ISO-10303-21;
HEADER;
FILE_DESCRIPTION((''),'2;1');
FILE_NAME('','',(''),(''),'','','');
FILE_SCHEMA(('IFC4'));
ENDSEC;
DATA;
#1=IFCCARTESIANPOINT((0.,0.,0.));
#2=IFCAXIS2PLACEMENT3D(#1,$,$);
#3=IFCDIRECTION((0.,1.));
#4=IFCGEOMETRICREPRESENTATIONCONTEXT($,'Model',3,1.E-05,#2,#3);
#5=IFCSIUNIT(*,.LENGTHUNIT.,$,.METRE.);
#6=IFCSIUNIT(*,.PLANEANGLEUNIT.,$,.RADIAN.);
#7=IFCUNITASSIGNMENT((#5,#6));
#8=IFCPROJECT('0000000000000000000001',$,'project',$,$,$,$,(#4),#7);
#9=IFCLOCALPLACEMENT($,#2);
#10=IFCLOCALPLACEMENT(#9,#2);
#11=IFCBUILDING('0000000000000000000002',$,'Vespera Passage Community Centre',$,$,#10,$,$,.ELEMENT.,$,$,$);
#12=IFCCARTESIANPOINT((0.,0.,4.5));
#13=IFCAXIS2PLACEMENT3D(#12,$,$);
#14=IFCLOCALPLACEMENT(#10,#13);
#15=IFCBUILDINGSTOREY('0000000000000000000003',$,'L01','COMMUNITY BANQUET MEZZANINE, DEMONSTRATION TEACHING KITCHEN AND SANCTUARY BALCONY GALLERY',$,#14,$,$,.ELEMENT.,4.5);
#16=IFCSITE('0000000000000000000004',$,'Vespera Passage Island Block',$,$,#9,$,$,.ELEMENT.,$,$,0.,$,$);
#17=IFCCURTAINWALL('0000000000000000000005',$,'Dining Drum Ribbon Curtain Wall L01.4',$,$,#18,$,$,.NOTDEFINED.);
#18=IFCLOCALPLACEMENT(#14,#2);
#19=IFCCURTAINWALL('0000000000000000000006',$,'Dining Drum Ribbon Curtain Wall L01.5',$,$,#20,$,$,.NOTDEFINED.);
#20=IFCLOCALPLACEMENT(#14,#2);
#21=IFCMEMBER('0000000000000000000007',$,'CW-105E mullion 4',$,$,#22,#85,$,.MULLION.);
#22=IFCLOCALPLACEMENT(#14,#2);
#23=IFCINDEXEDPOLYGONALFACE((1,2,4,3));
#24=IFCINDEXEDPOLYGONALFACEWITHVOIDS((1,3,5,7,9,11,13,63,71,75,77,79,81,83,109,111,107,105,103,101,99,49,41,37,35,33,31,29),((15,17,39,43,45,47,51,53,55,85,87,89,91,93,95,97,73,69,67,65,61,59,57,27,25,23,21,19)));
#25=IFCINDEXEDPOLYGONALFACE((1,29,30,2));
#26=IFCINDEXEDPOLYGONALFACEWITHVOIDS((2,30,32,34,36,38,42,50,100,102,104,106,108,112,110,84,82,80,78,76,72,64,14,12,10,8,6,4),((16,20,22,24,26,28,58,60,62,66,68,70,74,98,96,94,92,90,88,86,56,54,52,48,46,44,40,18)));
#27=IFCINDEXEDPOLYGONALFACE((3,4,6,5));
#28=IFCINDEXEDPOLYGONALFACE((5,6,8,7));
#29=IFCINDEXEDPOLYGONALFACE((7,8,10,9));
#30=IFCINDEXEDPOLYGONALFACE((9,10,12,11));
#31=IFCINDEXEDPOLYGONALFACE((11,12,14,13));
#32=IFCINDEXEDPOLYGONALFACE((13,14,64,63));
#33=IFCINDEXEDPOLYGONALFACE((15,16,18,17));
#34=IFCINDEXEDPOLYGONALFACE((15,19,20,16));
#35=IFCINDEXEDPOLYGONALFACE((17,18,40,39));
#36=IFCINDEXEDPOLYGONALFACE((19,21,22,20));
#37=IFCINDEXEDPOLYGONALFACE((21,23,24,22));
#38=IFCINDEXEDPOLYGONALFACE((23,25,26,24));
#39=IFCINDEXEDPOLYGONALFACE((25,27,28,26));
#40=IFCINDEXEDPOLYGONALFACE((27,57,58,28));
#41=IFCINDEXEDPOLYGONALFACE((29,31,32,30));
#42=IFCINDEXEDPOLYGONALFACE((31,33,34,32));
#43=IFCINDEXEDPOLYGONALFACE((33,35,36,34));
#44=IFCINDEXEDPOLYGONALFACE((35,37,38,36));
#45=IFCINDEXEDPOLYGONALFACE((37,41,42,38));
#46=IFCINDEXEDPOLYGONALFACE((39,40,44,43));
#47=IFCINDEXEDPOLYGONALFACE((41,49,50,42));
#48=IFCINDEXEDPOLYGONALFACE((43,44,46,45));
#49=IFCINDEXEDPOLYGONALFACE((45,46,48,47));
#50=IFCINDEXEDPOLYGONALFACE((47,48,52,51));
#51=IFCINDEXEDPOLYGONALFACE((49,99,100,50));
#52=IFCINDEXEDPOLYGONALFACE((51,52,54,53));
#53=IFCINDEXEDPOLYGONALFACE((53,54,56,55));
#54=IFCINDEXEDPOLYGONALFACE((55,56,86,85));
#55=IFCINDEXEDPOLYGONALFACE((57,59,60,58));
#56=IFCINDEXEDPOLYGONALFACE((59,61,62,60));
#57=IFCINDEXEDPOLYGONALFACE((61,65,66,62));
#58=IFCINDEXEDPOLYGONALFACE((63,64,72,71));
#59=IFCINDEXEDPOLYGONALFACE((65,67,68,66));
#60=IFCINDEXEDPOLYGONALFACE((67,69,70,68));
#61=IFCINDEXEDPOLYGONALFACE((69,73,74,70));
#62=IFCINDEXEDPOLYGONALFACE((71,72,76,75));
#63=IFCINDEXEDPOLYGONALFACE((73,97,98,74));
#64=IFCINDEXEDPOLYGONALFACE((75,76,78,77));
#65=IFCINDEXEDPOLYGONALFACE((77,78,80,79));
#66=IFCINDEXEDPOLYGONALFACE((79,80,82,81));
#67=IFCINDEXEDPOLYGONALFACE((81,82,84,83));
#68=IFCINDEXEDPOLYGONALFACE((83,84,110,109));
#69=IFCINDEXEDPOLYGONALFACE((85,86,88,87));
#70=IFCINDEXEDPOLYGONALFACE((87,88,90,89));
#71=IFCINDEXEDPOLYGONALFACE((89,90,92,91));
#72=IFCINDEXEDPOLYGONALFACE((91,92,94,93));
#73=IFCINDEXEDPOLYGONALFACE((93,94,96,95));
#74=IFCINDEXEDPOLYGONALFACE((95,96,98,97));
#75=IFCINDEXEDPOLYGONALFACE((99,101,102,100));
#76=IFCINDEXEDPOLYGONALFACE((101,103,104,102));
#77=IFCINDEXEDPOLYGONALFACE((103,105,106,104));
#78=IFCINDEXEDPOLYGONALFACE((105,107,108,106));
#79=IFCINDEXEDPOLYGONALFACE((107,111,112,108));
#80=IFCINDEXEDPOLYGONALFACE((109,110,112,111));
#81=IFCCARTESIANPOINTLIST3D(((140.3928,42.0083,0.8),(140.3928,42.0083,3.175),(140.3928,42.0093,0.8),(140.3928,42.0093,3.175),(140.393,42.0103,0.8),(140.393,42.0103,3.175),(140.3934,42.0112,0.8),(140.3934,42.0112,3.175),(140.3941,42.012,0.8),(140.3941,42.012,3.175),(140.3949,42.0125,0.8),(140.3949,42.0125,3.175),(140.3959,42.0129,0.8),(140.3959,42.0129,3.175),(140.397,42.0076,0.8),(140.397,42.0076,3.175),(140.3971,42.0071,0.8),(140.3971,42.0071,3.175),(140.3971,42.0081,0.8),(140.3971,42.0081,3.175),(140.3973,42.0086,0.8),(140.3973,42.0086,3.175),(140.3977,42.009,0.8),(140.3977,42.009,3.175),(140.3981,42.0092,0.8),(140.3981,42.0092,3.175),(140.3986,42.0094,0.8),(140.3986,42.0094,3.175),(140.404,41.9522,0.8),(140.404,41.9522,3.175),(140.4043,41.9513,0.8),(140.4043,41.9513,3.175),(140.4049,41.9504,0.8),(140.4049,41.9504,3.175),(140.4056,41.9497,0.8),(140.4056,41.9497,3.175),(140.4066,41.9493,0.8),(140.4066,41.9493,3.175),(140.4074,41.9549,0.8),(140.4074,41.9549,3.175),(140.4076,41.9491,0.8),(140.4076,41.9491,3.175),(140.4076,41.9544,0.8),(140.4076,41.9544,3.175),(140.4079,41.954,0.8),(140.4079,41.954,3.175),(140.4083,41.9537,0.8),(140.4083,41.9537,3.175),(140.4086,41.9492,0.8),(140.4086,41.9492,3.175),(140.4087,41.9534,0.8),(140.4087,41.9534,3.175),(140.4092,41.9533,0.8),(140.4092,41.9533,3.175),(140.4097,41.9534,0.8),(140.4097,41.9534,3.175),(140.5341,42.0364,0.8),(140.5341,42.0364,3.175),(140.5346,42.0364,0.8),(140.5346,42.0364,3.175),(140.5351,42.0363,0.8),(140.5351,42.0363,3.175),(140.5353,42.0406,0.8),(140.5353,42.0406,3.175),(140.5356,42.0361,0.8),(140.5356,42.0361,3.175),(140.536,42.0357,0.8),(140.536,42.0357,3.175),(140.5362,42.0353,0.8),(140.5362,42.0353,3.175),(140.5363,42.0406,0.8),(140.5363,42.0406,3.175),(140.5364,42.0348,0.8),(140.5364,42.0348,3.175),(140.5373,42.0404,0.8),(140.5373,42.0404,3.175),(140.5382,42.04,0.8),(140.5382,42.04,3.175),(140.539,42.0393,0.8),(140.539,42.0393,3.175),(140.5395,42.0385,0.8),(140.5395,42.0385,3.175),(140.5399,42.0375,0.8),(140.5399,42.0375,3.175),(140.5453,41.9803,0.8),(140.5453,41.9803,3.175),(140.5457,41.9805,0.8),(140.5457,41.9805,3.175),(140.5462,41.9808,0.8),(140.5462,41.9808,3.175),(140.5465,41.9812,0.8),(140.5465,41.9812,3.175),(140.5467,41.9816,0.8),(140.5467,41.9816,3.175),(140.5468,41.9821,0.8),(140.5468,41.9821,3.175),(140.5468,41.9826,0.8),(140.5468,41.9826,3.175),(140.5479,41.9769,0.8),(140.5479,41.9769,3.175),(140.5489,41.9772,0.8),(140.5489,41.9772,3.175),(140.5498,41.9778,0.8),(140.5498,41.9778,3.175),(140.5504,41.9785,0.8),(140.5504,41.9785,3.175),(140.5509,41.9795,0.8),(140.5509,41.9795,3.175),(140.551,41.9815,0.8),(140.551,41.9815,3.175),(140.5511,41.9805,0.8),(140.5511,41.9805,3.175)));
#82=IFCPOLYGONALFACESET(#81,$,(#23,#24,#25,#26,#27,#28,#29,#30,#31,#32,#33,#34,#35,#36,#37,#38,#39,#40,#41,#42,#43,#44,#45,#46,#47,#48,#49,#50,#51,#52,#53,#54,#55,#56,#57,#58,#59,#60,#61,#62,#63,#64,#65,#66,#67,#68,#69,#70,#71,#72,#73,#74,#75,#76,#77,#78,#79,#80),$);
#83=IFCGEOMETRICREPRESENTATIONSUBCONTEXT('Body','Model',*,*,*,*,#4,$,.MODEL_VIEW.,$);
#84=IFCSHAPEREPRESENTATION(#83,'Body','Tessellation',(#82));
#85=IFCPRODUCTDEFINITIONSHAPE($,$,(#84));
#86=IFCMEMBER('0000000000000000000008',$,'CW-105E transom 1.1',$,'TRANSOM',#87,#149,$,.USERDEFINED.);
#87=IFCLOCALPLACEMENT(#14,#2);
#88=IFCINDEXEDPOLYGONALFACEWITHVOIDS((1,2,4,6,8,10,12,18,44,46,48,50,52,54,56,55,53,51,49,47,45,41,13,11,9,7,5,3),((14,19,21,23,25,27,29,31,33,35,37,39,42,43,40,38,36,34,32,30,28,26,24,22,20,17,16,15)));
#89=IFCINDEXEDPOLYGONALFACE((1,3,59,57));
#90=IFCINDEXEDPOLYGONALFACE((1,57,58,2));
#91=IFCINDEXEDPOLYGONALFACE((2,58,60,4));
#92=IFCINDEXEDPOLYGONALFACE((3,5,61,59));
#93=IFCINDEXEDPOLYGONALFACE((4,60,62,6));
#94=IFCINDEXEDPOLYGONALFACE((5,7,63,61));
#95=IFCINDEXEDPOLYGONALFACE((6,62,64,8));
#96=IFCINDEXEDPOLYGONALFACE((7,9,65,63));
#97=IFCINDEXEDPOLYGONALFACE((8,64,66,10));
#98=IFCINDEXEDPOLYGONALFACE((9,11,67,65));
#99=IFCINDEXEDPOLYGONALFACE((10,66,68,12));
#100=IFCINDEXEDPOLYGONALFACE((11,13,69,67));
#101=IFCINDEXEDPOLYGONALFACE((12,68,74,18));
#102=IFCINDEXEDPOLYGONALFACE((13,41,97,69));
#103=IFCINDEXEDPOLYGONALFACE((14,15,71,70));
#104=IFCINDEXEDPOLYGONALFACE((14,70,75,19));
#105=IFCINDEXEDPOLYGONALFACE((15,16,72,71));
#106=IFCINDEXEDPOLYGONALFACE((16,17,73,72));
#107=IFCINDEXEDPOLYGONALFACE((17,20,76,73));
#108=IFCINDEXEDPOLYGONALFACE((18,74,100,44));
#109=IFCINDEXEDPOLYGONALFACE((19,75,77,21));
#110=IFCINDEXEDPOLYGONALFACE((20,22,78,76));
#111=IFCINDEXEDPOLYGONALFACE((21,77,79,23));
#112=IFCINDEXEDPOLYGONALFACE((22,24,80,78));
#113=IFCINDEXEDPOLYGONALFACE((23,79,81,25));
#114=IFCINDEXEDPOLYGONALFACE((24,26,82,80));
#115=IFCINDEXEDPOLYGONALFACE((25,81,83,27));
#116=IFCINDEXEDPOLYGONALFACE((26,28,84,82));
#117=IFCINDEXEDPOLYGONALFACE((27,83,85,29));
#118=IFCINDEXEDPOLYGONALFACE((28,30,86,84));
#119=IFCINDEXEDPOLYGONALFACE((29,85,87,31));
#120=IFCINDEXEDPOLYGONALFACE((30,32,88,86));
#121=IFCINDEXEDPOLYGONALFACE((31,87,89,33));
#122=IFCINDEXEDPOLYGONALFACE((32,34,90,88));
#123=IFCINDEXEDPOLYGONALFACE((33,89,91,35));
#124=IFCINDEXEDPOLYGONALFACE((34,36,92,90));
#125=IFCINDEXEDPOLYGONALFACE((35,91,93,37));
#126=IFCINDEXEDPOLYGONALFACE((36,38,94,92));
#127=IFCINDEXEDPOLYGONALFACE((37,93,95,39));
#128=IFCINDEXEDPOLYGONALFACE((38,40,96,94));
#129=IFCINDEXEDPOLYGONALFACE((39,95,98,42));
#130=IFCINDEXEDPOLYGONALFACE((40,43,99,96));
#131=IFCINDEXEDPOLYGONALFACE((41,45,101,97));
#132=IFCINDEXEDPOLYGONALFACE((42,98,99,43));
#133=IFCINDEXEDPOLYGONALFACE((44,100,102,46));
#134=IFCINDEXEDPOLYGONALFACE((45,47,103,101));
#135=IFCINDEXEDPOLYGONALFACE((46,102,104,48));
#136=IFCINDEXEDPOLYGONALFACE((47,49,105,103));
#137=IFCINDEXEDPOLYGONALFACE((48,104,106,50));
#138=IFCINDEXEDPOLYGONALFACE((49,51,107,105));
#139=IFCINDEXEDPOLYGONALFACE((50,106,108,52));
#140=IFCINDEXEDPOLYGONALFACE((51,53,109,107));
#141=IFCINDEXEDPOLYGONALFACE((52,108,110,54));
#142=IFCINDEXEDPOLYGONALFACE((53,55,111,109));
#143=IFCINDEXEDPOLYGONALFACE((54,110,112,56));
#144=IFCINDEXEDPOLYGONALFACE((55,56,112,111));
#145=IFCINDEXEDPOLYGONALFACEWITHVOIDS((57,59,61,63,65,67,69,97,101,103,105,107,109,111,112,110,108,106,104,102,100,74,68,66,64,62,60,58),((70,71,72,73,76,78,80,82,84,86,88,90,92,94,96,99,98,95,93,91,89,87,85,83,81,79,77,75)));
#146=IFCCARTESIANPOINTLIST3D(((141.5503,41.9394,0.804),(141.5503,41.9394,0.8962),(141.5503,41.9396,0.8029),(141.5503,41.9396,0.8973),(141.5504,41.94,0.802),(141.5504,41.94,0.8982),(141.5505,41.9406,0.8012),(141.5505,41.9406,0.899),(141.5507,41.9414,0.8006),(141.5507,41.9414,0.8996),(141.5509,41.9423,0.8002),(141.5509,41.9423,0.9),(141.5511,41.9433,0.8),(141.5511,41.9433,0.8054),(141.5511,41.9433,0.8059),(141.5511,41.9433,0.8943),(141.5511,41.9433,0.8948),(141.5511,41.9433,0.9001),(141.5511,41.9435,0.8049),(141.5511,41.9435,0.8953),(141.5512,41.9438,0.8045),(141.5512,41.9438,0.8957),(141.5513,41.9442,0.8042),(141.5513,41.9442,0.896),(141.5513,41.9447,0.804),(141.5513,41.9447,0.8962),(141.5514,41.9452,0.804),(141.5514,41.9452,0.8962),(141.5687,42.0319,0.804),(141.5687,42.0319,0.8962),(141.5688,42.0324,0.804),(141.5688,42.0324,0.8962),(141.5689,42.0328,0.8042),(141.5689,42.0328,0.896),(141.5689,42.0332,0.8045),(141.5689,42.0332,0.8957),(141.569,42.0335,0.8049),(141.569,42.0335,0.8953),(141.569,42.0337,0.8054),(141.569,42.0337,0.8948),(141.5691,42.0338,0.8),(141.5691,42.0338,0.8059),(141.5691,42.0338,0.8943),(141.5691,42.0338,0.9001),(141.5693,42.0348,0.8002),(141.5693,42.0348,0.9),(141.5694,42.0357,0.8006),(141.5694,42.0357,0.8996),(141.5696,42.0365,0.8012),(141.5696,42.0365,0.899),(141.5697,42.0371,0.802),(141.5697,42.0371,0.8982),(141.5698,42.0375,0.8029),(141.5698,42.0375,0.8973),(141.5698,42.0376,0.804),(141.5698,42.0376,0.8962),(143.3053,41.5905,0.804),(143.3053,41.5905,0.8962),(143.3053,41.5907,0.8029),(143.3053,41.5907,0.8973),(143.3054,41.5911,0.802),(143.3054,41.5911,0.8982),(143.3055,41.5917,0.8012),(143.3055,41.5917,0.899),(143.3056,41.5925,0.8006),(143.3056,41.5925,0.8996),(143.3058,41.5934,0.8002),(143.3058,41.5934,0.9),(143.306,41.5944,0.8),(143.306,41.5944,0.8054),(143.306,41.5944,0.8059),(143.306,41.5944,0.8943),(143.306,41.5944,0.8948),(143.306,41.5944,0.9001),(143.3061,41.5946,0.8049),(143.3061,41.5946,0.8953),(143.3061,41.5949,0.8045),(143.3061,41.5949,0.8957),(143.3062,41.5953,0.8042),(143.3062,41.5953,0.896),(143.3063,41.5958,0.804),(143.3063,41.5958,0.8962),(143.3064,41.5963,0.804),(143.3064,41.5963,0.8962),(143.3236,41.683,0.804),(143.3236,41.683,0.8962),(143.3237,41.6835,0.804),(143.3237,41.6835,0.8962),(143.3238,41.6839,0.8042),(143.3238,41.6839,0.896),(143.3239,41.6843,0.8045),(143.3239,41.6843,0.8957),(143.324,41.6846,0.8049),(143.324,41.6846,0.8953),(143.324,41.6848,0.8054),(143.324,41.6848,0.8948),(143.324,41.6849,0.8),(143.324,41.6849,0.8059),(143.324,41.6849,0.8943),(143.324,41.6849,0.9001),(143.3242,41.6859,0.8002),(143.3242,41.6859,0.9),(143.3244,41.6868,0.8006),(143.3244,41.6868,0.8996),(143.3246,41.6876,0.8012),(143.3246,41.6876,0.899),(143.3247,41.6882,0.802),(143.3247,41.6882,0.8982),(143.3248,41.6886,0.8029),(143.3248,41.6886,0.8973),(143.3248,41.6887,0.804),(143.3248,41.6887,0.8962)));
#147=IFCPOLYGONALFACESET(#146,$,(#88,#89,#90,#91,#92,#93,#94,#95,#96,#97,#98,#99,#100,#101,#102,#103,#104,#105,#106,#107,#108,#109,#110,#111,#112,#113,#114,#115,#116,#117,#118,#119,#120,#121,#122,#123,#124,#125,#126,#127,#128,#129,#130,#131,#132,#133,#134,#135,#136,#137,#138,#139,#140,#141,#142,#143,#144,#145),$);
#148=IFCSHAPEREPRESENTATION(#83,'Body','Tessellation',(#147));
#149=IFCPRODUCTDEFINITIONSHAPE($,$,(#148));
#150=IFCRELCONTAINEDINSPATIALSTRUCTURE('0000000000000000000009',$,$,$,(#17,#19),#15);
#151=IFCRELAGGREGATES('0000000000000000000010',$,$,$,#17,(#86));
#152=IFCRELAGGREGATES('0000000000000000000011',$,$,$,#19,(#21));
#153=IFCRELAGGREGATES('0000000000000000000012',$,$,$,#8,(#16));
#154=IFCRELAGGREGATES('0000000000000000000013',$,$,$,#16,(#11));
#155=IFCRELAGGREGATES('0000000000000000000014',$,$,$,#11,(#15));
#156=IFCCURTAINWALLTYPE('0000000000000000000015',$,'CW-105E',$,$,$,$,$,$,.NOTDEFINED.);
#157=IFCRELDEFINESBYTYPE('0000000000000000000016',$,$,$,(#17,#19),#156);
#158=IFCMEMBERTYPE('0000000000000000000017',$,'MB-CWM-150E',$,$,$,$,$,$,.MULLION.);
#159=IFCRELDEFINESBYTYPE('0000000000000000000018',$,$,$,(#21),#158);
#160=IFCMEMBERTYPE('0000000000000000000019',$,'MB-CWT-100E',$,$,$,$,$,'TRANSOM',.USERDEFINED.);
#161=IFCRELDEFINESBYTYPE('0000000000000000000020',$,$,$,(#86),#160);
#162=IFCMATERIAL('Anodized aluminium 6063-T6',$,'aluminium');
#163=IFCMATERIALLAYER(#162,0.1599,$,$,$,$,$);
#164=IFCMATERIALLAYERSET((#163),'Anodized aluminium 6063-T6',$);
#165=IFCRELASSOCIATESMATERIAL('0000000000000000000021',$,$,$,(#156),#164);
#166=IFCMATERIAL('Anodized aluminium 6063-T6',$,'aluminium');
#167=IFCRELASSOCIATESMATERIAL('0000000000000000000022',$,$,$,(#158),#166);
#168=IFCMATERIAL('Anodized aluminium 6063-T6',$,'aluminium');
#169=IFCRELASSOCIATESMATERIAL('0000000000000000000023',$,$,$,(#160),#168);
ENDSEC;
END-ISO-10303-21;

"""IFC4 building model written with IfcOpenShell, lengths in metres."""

from ifc_helpers import new_model, si_unit, direction, frame, origin, origin_2d, place, context, subcontext, project, spatial, hollow_rectangle, extrude, material, layer, layer_set, material_profile, profile_set, type_object, element, aggregate, save


model = new_model("IFC4")

# Units and contexts
model_context = context("Model", 3, precision=1e-05, world=origin(), true_north=direction((0.0, 1.0)))
body_context = subcontext(model_context, "Body", "Model", "MODEL_VIEW")
ifc_project = project(units=[si_unit("LENGTHUNIT", "METRE"), si_unit("PLANEANGLEUNIT", "RADIAN")], contexts=[model_context])

# Site, building, storey
site_placement = place(None, origin())
site = spatial("IfcSite", under=ifc_project, at=site_placement, Name="Vespera Passage Island Block", CompositionType="ELEMENT", RefElevation=0.0)
building_placement = place(site_placement, origin())
building = spatial("IfcBuilding", under=site, at=building_placement, Name="Vespera Passage Community Centre", CompositionType="ELEMENT")
storey_placement = place(building_placement, frame((0.0, 0.0, 4.5)))
storey = spatial("IfcBuildingStorey", under=building, at=storey_placement, Name="L01", Description="COMMUNITY BANQUET MEZZANINE, DEMONSTRATION TEACHING KITCHEN AND SANCTUARY BALCONY GALLERY", CompositionType="ELEMENT", Elevation=4.5)

# Curtain walls, member
ifc_material_1 = material(Name="Anodized aluminium 6063-T6", Category="aluminium")
ifc_layer_1 = layer(ifc_material_1, 0.1599)
ifc_layer_set_1 = layer_set([ifc_layer_1], Name="Anodized aluminium 6063-T6")
curtain_wall_type = type_object("IfcCurtainWallType", Name="CW-105E", PredefinedType="NOTDEFINED", material=ifc_layer_set_1)
curtain_wall_1_placement = place(storey_placement, origin())
curtain_wall_1 = element("IfcCurtainWall", 1, at=curtain_wall_1_placement, inside=storey, type_object=curtain_wall_type, Name="Dining Drum Ribbon Curtain Wall L01.4", PredefinedType="NOTDEFINED")
ifc_material_2 = material(Name="Anodized aluminium 6063-T6", Category="aluminium")
ifc_material_profile_1 = material_profile(ifc_material_2, hollow_rectangle(XDim=0.0649, YDim=0.1499, WallThickness=0.0039, InnerFilletRadius=0.002, OuterFilletRadius=0.0039, at=origin_2d()), Name="ALU150X65X4")
ifc_profile_set_1 = profile_set([ifc_material_profile_1], Name="Anodized aluminium 6063-T6")
member_type_1 = type_object("IfcMemberType", Name="MB-CWM-150E", PredefinedType="MULLION", material=ifc_profile_set_1)
curtain_wall_2_placement = place(storey_placement, origin())
curtain_wall_2 = element("IfcCurtainWall", 2, at=curtain_wall_2_placement, inside=storey, type_object=curtain_wall_type, Name="Dining Drum Ribbon Curtain Wall L01.5", PredefinedType="NOTDEFINED")
member_1_placement = place(storey_placement, frame((140.4719, 41.9949, 0.8), z_axis=(0.0, 0.0, 1.0), x_axis=(-0.195097, 0.980784, 0.0)))
member_1 = element("IfcMember", 3, at=member_1_placement, type_object=member_type_1, Name="CW-105E mullion 4", PredefinedType="MULLION", context=body_context, shape_type="SweptSolid", body=[
    extrude(hollow_rectangle(XDim=0.0649, YDim=0.1499, WallThickness=0.0039, InnerFilletRadius=0.002, OuterFilletRadius=0.0039, at=origin_2d()), origin(), (0.0, 0.0, 1.0), 2.375),
])

# Member
ifc_material_3 = material(Name="Anodized aluminium 6063-T6", Category="aluminium")
ifc_material_profile_2 = material_profile(ifc_material_3, hollow_rectangle(XDim=0.1001, YDim=0.1001, WallThickness=0.0039, InnerFilletRadius=0.002, OuterFilletRadius=0.0039, at=origin_2d()), Name="ALU100X100X4")
ifc_profile_set_2 = profile_set([ifc_material_profile_2], Name="Anodized aluminium 6063-T6")
member_type_2 = type_object("IfcMemberType", Name="MB-CWT-100E", ElementType="TRANSOM", PredefinedType="USERDEFINED", material=ifc_profile_set_2)
member_2_placement = place(storey_placement, frame((141.5601, 41.9885, 0.8501), z_axis=(0.980806, -0.194988, 0.0), x_axis=(0.194988, 0.980806, 0.0)))
member_2 = element("IfcMember", 4, at=member_2_placement, type_object=member_type_2, Name="CW-105E transom 1.1", ObjectType="TRANSOM", PredefinedType="USERDEFINED", context=body_context, shape_type="SweptSolid", body=[
    extrude(hollow_rectangle(XDim=0.1001, YDim=0.1001, WallThickness=0.0039, InnerFilletRadius=0.002, OuterFilletRadius=0.0039, at=origin_2d()), origin(), (0.0, 0.0, 1.0), 1.7893),
])

aggregate(curtain_wall_1, [member_2])
aggregate(curtain_wall_2, [member_1])

save(model, "model.ifc")
